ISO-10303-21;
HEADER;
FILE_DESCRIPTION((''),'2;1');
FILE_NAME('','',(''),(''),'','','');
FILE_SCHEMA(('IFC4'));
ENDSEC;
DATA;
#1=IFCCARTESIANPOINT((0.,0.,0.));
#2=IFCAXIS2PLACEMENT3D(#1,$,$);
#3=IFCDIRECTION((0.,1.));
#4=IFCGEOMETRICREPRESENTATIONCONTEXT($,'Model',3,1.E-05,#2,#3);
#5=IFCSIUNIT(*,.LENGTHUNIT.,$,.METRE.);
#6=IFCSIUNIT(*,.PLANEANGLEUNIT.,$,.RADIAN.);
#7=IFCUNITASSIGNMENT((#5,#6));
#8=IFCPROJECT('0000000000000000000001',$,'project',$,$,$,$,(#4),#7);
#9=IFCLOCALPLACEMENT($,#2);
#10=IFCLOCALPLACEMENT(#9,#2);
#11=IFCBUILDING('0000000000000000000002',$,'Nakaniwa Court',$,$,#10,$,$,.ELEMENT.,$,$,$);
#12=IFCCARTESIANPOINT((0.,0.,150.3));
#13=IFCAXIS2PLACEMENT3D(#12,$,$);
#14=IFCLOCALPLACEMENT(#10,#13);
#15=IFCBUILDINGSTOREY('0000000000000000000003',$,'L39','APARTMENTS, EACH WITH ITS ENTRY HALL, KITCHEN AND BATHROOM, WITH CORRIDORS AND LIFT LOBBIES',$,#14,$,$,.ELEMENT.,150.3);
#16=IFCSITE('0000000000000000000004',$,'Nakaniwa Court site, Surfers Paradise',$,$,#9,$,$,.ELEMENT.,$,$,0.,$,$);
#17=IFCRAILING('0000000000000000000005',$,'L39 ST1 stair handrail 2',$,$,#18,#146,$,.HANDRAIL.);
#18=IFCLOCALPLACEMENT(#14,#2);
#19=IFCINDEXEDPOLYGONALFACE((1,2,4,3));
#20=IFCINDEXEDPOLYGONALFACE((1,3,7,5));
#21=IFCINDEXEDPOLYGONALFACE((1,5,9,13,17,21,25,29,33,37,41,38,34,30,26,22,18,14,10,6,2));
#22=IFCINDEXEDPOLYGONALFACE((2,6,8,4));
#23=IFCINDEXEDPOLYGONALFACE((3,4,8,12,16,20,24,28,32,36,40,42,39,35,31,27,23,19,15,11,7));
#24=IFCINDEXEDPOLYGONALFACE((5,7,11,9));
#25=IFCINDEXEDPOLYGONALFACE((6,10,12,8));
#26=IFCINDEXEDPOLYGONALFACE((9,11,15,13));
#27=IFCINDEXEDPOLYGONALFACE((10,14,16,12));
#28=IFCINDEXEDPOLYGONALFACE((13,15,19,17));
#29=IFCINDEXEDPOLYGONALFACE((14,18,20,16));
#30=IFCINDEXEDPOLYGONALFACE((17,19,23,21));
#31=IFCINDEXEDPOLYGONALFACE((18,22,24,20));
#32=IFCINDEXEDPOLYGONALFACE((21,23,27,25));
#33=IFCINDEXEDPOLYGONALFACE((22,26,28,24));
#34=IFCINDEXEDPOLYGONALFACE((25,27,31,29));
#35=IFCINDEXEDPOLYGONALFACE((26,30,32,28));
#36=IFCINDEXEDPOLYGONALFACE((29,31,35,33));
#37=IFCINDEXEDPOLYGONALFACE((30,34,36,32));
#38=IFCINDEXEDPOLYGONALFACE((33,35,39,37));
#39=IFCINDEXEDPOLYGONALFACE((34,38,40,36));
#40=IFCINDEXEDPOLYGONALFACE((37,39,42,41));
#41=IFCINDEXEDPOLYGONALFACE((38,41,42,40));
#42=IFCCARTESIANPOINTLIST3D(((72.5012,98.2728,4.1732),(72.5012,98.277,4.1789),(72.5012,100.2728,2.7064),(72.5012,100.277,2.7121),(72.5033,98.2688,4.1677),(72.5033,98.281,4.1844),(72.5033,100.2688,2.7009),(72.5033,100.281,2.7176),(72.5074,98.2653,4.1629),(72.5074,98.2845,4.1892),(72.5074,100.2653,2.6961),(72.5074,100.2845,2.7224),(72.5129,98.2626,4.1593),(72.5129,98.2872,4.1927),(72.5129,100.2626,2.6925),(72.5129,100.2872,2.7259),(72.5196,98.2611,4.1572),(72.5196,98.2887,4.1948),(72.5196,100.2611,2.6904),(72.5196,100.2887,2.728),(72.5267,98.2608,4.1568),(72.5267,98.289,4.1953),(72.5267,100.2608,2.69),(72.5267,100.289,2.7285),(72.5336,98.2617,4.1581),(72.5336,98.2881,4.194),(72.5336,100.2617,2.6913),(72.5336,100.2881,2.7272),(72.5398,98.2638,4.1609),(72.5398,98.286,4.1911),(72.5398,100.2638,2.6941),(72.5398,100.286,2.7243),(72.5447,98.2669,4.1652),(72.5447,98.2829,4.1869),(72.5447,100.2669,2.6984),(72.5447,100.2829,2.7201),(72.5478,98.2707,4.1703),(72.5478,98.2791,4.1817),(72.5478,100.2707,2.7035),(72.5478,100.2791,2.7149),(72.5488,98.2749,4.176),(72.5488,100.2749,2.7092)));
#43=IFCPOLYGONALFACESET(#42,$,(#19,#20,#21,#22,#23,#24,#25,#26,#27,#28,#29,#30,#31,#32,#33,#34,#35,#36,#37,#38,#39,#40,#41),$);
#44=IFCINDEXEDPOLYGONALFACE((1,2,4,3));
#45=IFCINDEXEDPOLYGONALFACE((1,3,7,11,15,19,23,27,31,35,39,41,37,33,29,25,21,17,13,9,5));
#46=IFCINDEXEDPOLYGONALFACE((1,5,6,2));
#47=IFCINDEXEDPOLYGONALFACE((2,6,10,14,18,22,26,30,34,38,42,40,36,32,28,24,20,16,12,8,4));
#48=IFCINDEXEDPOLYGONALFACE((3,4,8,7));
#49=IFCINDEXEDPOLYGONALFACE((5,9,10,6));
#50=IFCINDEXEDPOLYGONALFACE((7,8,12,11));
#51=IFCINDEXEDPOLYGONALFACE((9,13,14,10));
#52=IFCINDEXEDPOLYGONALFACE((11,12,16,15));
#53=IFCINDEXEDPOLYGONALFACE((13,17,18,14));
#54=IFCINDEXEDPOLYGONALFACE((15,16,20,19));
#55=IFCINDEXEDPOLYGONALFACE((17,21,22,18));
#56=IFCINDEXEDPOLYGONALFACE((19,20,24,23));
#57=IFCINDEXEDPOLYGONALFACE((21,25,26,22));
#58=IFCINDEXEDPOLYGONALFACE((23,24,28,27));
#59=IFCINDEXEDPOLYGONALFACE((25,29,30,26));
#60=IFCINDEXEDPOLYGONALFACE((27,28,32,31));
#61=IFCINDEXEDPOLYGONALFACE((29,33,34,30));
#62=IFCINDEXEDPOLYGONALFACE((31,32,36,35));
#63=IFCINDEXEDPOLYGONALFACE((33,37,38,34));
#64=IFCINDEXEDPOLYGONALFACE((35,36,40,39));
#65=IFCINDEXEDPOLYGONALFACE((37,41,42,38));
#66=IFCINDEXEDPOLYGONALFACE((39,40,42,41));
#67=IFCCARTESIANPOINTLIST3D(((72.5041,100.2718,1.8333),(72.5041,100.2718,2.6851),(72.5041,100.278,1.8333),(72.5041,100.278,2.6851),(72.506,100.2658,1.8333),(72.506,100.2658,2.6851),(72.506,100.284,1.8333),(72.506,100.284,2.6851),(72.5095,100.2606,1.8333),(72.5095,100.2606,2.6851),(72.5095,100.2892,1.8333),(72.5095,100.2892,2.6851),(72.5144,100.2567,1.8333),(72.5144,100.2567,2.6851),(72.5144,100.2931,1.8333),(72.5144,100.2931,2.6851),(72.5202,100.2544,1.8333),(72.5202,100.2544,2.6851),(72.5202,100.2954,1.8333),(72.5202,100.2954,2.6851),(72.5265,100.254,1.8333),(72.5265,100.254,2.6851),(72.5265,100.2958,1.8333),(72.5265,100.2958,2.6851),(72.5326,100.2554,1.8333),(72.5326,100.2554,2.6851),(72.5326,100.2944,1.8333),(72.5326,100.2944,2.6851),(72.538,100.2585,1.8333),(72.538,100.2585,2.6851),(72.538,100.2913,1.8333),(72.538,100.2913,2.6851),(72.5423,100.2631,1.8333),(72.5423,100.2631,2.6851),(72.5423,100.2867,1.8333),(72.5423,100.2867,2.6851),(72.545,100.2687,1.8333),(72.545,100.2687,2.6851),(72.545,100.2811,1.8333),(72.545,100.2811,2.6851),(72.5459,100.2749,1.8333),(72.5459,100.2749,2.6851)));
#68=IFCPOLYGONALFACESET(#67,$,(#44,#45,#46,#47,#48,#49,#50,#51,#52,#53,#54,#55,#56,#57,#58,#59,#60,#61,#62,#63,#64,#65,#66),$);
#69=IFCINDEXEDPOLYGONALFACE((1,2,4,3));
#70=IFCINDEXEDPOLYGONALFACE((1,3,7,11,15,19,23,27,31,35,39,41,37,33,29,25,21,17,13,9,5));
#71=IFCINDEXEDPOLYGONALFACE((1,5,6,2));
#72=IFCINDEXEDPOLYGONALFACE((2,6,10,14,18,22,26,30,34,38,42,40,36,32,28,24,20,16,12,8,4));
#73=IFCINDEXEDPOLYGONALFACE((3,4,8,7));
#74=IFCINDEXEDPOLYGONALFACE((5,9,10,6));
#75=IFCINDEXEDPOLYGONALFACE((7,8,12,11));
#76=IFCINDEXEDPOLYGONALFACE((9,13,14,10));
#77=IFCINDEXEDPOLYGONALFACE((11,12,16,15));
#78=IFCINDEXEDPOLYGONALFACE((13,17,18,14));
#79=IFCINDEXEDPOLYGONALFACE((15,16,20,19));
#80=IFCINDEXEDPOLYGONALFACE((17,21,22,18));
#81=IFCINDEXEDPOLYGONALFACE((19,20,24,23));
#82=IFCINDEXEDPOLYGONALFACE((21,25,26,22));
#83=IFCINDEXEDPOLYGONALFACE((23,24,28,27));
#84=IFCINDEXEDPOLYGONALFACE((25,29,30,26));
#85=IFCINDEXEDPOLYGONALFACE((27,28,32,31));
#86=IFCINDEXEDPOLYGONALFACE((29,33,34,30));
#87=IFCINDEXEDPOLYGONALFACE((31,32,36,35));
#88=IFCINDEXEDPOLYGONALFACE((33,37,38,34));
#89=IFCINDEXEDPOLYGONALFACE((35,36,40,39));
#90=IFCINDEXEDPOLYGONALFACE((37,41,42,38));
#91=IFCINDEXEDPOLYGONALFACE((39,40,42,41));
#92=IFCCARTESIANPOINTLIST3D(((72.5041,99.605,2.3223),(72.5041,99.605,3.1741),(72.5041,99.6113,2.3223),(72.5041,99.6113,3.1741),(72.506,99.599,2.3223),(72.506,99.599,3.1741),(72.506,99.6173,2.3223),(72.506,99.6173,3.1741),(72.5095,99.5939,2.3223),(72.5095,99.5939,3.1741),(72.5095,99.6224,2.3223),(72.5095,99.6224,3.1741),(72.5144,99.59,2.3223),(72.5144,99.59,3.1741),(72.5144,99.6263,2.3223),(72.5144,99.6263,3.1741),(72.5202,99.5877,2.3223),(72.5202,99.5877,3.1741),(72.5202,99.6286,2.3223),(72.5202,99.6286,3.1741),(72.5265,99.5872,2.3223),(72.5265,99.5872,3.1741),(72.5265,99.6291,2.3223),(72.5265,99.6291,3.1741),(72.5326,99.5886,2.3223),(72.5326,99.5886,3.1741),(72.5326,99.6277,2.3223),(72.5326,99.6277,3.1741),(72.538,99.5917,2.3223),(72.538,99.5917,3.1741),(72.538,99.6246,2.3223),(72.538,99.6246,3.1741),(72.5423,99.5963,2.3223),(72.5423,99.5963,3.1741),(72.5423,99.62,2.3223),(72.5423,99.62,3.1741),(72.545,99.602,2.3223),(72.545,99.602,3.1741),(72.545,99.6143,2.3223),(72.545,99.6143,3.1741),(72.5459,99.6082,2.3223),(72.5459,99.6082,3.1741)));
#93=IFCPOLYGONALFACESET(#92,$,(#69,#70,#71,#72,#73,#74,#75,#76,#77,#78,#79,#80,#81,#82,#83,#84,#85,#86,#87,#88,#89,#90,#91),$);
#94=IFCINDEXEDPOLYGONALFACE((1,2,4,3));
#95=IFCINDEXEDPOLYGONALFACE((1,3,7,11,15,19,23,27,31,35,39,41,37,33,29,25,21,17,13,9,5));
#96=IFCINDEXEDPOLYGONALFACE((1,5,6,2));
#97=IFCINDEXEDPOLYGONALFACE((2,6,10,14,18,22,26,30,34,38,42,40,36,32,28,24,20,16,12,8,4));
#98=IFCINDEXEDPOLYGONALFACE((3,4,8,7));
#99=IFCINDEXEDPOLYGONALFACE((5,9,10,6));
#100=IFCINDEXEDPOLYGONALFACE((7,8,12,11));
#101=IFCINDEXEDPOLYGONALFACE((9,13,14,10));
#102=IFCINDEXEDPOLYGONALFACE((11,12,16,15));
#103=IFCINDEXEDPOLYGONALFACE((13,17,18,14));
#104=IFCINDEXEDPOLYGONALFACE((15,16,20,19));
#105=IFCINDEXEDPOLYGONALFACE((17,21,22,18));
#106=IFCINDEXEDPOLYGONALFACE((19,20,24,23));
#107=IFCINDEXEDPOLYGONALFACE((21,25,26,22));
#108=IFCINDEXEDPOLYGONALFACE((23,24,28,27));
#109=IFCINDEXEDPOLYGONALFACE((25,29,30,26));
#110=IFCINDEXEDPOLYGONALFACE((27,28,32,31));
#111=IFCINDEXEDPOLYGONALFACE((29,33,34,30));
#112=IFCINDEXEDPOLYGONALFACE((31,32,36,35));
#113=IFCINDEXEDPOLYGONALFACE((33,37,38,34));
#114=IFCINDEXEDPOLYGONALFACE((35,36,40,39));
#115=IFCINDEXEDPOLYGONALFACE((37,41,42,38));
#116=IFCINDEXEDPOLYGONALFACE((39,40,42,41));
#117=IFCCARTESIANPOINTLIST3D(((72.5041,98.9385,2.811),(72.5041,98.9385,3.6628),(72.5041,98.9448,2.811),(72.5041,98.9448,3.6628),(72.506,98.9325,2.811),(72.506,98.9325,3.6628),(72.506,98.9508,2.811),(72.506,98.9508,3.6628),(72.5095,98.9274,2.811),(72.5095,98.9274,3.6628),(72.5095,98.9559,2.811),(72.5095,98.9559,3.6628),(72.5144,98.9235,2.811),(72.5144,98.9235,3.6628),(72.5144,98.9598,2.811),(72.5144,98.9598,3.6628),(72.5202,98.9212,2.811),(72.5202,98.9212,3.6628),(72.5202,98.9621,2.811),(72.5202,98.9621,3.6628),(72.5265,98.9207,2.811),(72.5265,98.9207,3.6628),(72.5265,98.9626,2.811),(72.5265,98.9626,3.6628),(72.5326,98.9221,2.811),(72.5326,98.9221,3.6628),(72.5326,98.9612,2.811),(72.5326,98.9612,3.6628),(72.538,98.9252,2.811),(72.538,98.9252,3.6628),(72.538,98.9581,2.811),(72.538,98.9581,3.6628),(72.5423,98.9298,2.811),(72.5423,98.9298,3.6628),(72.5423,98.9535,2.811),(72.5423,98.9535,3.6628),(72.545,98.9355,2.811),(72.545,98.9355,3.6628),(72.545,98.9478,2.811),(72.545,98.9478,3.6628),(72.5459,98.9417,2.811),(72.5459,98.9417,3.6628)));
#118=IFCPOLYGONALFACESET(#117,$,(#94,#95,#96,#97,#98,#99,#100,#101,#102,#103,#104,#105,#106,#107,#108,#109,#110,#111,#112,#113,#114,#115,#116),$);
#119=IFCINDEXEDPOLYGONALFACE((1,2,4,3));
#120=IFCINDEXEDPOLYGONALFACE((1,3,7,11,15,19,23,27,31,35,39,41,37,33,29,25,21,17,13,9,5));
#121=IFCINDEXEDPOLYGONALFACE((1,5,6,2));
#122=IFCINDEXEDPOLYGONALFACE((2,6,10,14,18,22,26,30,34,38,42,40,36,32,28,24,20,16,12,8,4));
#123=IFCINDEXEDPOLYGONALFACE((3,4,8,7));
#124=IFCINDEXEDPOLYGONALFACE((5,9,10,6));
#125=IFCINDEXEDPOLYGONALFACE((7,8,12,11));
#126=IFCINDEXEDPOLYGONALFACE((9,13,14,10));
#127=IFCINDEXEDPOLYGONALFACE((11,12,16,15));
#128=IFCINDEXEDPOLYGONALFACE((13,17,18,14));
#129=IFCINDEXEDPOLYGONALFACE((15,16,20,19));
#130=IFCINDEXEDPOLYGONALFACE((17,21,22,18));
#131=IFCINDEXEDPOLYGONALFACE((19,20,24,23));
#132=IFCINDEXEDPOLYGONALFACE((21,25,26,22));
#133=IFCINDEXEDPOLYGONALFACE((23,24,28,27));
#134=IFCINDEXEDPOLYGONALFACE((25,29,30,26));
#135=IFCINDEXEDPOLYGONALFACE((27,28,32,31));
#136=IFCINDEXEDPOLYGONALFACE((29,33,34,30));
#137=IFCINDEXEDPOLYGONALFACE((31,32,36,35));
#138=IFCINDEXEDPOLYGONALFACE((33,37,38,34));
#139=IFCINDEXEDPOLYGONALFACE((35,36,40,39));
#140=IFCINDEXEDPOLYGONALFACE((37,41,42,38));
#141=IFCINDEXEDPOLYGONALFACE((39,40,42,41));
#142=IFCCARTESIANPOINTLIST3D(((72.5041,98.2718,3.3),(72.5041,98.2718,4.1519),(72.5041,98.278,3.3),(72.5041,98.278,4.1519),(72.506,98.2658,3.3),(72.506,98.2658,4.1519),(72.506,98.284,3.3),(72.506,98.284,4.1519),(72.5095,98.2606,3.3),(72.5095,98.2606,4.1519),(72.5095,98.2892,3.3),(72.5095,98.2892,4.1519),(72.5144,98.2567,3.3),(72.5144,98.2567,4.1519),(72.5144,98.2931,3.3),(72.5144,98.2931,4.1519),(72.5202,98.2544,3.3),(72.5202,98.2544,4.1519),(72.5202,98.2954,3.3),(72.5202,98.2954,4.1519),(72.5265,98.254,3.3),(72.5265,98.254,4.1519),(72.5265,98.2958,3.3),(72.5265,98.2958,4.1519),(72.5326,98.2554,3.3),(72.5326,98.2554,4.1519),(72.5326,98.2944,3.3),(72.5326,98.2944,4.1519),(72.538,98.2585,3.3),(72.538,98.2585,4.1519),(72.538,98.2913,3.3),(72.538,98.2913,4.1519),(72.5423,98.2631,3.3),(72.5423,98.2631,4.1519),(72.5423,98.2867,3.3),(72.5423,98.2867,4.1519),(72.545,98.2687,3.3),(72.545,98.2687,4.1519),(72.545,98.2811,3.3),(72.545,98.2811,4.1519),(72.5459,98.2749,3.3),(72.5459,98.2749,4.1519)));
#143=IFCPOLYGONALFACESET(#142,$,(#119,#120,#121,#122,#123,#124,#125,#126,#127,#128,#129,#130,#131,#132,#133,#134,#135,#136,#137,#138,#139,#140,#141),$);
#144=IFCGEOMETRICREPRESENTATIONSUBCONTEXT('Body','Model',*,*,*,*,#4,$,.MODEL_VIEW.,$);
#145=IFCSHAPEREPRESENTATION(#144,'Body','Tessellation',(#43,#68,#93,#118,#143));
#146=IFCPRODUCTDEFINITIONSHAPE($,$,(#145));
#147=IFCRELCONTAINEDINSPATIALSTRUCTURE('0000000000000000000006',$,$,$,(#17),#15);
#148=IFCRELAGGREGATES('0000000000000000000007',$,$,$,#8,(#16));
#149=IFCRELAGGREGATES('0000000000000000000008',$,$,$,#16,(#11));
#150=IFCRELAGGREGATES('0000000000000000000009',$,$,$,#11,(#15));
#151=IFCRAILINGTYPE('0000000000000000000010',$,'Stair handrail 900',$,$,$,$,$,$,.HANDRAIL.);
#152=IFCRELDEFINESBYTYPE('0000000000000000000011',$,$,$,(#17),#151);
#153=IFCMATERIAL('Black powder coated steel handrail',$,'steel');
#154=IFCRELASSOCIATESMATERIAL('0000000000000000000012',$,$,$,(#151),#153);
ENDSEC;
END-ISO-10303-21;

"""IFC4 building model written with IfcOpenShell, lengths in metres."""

from ifc_helpers import new_model, si_unit, direction, frame, origin, origin_2d, place, context, subcontext, project, spatial, circle, extrude, material, type_object, element, save


model = new_model("IFC4")

# Units and contexts
model_context = context("Model", 3, precision=1e-05, world=origin(), true_north=direction((0.0, 1.0)))
body_context = subcontext(model_context, "Body", "Model", "MODEL_VIEW")
ifc_project = project(units=[si_unit("LENGTHUNIT", "METRE"), si_unit("PLANEANGLEUNIT", "RADIAN")], contexts=[model_context])

# Site, building, storey
site_placement = place(None, origin())
site = spatial("IfcSite", under=ifc_project, at=site_placement, Name="Nakaniwa Court site, Surfers Paradise", CompositionType="ELEMENT", RefElevation=0.0)
building_placement = place(site_placement, origin())
building = spatial("IfcBuilding", under=site, at=building_placement, Name="Nakaniwa Court", CompositionType="ELEMENT")
storey_placement = place(building_placement, frame((0.0, 0.0, 150.3)))
storey = spatial("IfcBuildingStorey", under=building, at=storey_placement, Name="L39", Description="APARTMENTS, EACH WITH ITS ENTRY HALL, KITCHEN AND BATHROOM, WITH CORRIDORS AND LIFT LOBBIES", CompositionType="ELEMENT", Elevation=150.3)

# Railing
ifc_material_1 = material(Name="Black powder coated steel handrail", Category="steel")
railing_type_1 = type_object("IfcRailingType", Name="Stair handrail 900", PredefinedType="HANDRAIL", material=ifc_material_1)
railing_1_placement = place(storey_placement, frame((72.5249, 100.2749, 1.8333)))
element("IfcRailing", 1, at=railing_1_placement, inside=storey, type_object=railing_type_1, Name="L39 ST1 stair handrail 2", PredefinedType="HANDRAIL", context=body_context, shape_type="SweptSolid", body=[
    extrude(circle(Radius=0.0239, at=origin_2d()), frame((0.0, 0.0, 0.876), z_axis=(0.0, -0.80638, 0.591398), x_axis=(1.0, 0.0, 0.0)), (0.0, 0.0, 1.0), 2.4802),
    extrude(circle(Radius=0.021, at=origin_2d()), origin(), (0.0, 0.0, 1.0), 0.8518),
    extrude(circle(Radius=0.021, at=origin_2d()), frame((0.0, -0.6667, 0.489)), (0.0, 0.0, 1.0), 0.8518),
    extrude(circle(Radius=0.021, at=origin_2d()), frame((0.0, -1.3333, 0.9778)), (0.0, 0.0, 1.0), 0.8518),
    extrude(circle(Radius=0.021, at=origin_2d()), frame((0.0, -2.0, 1.4668)), (0.0, 0.0, 1.0), 0.8518),
])

save(model, "model.ifc")
